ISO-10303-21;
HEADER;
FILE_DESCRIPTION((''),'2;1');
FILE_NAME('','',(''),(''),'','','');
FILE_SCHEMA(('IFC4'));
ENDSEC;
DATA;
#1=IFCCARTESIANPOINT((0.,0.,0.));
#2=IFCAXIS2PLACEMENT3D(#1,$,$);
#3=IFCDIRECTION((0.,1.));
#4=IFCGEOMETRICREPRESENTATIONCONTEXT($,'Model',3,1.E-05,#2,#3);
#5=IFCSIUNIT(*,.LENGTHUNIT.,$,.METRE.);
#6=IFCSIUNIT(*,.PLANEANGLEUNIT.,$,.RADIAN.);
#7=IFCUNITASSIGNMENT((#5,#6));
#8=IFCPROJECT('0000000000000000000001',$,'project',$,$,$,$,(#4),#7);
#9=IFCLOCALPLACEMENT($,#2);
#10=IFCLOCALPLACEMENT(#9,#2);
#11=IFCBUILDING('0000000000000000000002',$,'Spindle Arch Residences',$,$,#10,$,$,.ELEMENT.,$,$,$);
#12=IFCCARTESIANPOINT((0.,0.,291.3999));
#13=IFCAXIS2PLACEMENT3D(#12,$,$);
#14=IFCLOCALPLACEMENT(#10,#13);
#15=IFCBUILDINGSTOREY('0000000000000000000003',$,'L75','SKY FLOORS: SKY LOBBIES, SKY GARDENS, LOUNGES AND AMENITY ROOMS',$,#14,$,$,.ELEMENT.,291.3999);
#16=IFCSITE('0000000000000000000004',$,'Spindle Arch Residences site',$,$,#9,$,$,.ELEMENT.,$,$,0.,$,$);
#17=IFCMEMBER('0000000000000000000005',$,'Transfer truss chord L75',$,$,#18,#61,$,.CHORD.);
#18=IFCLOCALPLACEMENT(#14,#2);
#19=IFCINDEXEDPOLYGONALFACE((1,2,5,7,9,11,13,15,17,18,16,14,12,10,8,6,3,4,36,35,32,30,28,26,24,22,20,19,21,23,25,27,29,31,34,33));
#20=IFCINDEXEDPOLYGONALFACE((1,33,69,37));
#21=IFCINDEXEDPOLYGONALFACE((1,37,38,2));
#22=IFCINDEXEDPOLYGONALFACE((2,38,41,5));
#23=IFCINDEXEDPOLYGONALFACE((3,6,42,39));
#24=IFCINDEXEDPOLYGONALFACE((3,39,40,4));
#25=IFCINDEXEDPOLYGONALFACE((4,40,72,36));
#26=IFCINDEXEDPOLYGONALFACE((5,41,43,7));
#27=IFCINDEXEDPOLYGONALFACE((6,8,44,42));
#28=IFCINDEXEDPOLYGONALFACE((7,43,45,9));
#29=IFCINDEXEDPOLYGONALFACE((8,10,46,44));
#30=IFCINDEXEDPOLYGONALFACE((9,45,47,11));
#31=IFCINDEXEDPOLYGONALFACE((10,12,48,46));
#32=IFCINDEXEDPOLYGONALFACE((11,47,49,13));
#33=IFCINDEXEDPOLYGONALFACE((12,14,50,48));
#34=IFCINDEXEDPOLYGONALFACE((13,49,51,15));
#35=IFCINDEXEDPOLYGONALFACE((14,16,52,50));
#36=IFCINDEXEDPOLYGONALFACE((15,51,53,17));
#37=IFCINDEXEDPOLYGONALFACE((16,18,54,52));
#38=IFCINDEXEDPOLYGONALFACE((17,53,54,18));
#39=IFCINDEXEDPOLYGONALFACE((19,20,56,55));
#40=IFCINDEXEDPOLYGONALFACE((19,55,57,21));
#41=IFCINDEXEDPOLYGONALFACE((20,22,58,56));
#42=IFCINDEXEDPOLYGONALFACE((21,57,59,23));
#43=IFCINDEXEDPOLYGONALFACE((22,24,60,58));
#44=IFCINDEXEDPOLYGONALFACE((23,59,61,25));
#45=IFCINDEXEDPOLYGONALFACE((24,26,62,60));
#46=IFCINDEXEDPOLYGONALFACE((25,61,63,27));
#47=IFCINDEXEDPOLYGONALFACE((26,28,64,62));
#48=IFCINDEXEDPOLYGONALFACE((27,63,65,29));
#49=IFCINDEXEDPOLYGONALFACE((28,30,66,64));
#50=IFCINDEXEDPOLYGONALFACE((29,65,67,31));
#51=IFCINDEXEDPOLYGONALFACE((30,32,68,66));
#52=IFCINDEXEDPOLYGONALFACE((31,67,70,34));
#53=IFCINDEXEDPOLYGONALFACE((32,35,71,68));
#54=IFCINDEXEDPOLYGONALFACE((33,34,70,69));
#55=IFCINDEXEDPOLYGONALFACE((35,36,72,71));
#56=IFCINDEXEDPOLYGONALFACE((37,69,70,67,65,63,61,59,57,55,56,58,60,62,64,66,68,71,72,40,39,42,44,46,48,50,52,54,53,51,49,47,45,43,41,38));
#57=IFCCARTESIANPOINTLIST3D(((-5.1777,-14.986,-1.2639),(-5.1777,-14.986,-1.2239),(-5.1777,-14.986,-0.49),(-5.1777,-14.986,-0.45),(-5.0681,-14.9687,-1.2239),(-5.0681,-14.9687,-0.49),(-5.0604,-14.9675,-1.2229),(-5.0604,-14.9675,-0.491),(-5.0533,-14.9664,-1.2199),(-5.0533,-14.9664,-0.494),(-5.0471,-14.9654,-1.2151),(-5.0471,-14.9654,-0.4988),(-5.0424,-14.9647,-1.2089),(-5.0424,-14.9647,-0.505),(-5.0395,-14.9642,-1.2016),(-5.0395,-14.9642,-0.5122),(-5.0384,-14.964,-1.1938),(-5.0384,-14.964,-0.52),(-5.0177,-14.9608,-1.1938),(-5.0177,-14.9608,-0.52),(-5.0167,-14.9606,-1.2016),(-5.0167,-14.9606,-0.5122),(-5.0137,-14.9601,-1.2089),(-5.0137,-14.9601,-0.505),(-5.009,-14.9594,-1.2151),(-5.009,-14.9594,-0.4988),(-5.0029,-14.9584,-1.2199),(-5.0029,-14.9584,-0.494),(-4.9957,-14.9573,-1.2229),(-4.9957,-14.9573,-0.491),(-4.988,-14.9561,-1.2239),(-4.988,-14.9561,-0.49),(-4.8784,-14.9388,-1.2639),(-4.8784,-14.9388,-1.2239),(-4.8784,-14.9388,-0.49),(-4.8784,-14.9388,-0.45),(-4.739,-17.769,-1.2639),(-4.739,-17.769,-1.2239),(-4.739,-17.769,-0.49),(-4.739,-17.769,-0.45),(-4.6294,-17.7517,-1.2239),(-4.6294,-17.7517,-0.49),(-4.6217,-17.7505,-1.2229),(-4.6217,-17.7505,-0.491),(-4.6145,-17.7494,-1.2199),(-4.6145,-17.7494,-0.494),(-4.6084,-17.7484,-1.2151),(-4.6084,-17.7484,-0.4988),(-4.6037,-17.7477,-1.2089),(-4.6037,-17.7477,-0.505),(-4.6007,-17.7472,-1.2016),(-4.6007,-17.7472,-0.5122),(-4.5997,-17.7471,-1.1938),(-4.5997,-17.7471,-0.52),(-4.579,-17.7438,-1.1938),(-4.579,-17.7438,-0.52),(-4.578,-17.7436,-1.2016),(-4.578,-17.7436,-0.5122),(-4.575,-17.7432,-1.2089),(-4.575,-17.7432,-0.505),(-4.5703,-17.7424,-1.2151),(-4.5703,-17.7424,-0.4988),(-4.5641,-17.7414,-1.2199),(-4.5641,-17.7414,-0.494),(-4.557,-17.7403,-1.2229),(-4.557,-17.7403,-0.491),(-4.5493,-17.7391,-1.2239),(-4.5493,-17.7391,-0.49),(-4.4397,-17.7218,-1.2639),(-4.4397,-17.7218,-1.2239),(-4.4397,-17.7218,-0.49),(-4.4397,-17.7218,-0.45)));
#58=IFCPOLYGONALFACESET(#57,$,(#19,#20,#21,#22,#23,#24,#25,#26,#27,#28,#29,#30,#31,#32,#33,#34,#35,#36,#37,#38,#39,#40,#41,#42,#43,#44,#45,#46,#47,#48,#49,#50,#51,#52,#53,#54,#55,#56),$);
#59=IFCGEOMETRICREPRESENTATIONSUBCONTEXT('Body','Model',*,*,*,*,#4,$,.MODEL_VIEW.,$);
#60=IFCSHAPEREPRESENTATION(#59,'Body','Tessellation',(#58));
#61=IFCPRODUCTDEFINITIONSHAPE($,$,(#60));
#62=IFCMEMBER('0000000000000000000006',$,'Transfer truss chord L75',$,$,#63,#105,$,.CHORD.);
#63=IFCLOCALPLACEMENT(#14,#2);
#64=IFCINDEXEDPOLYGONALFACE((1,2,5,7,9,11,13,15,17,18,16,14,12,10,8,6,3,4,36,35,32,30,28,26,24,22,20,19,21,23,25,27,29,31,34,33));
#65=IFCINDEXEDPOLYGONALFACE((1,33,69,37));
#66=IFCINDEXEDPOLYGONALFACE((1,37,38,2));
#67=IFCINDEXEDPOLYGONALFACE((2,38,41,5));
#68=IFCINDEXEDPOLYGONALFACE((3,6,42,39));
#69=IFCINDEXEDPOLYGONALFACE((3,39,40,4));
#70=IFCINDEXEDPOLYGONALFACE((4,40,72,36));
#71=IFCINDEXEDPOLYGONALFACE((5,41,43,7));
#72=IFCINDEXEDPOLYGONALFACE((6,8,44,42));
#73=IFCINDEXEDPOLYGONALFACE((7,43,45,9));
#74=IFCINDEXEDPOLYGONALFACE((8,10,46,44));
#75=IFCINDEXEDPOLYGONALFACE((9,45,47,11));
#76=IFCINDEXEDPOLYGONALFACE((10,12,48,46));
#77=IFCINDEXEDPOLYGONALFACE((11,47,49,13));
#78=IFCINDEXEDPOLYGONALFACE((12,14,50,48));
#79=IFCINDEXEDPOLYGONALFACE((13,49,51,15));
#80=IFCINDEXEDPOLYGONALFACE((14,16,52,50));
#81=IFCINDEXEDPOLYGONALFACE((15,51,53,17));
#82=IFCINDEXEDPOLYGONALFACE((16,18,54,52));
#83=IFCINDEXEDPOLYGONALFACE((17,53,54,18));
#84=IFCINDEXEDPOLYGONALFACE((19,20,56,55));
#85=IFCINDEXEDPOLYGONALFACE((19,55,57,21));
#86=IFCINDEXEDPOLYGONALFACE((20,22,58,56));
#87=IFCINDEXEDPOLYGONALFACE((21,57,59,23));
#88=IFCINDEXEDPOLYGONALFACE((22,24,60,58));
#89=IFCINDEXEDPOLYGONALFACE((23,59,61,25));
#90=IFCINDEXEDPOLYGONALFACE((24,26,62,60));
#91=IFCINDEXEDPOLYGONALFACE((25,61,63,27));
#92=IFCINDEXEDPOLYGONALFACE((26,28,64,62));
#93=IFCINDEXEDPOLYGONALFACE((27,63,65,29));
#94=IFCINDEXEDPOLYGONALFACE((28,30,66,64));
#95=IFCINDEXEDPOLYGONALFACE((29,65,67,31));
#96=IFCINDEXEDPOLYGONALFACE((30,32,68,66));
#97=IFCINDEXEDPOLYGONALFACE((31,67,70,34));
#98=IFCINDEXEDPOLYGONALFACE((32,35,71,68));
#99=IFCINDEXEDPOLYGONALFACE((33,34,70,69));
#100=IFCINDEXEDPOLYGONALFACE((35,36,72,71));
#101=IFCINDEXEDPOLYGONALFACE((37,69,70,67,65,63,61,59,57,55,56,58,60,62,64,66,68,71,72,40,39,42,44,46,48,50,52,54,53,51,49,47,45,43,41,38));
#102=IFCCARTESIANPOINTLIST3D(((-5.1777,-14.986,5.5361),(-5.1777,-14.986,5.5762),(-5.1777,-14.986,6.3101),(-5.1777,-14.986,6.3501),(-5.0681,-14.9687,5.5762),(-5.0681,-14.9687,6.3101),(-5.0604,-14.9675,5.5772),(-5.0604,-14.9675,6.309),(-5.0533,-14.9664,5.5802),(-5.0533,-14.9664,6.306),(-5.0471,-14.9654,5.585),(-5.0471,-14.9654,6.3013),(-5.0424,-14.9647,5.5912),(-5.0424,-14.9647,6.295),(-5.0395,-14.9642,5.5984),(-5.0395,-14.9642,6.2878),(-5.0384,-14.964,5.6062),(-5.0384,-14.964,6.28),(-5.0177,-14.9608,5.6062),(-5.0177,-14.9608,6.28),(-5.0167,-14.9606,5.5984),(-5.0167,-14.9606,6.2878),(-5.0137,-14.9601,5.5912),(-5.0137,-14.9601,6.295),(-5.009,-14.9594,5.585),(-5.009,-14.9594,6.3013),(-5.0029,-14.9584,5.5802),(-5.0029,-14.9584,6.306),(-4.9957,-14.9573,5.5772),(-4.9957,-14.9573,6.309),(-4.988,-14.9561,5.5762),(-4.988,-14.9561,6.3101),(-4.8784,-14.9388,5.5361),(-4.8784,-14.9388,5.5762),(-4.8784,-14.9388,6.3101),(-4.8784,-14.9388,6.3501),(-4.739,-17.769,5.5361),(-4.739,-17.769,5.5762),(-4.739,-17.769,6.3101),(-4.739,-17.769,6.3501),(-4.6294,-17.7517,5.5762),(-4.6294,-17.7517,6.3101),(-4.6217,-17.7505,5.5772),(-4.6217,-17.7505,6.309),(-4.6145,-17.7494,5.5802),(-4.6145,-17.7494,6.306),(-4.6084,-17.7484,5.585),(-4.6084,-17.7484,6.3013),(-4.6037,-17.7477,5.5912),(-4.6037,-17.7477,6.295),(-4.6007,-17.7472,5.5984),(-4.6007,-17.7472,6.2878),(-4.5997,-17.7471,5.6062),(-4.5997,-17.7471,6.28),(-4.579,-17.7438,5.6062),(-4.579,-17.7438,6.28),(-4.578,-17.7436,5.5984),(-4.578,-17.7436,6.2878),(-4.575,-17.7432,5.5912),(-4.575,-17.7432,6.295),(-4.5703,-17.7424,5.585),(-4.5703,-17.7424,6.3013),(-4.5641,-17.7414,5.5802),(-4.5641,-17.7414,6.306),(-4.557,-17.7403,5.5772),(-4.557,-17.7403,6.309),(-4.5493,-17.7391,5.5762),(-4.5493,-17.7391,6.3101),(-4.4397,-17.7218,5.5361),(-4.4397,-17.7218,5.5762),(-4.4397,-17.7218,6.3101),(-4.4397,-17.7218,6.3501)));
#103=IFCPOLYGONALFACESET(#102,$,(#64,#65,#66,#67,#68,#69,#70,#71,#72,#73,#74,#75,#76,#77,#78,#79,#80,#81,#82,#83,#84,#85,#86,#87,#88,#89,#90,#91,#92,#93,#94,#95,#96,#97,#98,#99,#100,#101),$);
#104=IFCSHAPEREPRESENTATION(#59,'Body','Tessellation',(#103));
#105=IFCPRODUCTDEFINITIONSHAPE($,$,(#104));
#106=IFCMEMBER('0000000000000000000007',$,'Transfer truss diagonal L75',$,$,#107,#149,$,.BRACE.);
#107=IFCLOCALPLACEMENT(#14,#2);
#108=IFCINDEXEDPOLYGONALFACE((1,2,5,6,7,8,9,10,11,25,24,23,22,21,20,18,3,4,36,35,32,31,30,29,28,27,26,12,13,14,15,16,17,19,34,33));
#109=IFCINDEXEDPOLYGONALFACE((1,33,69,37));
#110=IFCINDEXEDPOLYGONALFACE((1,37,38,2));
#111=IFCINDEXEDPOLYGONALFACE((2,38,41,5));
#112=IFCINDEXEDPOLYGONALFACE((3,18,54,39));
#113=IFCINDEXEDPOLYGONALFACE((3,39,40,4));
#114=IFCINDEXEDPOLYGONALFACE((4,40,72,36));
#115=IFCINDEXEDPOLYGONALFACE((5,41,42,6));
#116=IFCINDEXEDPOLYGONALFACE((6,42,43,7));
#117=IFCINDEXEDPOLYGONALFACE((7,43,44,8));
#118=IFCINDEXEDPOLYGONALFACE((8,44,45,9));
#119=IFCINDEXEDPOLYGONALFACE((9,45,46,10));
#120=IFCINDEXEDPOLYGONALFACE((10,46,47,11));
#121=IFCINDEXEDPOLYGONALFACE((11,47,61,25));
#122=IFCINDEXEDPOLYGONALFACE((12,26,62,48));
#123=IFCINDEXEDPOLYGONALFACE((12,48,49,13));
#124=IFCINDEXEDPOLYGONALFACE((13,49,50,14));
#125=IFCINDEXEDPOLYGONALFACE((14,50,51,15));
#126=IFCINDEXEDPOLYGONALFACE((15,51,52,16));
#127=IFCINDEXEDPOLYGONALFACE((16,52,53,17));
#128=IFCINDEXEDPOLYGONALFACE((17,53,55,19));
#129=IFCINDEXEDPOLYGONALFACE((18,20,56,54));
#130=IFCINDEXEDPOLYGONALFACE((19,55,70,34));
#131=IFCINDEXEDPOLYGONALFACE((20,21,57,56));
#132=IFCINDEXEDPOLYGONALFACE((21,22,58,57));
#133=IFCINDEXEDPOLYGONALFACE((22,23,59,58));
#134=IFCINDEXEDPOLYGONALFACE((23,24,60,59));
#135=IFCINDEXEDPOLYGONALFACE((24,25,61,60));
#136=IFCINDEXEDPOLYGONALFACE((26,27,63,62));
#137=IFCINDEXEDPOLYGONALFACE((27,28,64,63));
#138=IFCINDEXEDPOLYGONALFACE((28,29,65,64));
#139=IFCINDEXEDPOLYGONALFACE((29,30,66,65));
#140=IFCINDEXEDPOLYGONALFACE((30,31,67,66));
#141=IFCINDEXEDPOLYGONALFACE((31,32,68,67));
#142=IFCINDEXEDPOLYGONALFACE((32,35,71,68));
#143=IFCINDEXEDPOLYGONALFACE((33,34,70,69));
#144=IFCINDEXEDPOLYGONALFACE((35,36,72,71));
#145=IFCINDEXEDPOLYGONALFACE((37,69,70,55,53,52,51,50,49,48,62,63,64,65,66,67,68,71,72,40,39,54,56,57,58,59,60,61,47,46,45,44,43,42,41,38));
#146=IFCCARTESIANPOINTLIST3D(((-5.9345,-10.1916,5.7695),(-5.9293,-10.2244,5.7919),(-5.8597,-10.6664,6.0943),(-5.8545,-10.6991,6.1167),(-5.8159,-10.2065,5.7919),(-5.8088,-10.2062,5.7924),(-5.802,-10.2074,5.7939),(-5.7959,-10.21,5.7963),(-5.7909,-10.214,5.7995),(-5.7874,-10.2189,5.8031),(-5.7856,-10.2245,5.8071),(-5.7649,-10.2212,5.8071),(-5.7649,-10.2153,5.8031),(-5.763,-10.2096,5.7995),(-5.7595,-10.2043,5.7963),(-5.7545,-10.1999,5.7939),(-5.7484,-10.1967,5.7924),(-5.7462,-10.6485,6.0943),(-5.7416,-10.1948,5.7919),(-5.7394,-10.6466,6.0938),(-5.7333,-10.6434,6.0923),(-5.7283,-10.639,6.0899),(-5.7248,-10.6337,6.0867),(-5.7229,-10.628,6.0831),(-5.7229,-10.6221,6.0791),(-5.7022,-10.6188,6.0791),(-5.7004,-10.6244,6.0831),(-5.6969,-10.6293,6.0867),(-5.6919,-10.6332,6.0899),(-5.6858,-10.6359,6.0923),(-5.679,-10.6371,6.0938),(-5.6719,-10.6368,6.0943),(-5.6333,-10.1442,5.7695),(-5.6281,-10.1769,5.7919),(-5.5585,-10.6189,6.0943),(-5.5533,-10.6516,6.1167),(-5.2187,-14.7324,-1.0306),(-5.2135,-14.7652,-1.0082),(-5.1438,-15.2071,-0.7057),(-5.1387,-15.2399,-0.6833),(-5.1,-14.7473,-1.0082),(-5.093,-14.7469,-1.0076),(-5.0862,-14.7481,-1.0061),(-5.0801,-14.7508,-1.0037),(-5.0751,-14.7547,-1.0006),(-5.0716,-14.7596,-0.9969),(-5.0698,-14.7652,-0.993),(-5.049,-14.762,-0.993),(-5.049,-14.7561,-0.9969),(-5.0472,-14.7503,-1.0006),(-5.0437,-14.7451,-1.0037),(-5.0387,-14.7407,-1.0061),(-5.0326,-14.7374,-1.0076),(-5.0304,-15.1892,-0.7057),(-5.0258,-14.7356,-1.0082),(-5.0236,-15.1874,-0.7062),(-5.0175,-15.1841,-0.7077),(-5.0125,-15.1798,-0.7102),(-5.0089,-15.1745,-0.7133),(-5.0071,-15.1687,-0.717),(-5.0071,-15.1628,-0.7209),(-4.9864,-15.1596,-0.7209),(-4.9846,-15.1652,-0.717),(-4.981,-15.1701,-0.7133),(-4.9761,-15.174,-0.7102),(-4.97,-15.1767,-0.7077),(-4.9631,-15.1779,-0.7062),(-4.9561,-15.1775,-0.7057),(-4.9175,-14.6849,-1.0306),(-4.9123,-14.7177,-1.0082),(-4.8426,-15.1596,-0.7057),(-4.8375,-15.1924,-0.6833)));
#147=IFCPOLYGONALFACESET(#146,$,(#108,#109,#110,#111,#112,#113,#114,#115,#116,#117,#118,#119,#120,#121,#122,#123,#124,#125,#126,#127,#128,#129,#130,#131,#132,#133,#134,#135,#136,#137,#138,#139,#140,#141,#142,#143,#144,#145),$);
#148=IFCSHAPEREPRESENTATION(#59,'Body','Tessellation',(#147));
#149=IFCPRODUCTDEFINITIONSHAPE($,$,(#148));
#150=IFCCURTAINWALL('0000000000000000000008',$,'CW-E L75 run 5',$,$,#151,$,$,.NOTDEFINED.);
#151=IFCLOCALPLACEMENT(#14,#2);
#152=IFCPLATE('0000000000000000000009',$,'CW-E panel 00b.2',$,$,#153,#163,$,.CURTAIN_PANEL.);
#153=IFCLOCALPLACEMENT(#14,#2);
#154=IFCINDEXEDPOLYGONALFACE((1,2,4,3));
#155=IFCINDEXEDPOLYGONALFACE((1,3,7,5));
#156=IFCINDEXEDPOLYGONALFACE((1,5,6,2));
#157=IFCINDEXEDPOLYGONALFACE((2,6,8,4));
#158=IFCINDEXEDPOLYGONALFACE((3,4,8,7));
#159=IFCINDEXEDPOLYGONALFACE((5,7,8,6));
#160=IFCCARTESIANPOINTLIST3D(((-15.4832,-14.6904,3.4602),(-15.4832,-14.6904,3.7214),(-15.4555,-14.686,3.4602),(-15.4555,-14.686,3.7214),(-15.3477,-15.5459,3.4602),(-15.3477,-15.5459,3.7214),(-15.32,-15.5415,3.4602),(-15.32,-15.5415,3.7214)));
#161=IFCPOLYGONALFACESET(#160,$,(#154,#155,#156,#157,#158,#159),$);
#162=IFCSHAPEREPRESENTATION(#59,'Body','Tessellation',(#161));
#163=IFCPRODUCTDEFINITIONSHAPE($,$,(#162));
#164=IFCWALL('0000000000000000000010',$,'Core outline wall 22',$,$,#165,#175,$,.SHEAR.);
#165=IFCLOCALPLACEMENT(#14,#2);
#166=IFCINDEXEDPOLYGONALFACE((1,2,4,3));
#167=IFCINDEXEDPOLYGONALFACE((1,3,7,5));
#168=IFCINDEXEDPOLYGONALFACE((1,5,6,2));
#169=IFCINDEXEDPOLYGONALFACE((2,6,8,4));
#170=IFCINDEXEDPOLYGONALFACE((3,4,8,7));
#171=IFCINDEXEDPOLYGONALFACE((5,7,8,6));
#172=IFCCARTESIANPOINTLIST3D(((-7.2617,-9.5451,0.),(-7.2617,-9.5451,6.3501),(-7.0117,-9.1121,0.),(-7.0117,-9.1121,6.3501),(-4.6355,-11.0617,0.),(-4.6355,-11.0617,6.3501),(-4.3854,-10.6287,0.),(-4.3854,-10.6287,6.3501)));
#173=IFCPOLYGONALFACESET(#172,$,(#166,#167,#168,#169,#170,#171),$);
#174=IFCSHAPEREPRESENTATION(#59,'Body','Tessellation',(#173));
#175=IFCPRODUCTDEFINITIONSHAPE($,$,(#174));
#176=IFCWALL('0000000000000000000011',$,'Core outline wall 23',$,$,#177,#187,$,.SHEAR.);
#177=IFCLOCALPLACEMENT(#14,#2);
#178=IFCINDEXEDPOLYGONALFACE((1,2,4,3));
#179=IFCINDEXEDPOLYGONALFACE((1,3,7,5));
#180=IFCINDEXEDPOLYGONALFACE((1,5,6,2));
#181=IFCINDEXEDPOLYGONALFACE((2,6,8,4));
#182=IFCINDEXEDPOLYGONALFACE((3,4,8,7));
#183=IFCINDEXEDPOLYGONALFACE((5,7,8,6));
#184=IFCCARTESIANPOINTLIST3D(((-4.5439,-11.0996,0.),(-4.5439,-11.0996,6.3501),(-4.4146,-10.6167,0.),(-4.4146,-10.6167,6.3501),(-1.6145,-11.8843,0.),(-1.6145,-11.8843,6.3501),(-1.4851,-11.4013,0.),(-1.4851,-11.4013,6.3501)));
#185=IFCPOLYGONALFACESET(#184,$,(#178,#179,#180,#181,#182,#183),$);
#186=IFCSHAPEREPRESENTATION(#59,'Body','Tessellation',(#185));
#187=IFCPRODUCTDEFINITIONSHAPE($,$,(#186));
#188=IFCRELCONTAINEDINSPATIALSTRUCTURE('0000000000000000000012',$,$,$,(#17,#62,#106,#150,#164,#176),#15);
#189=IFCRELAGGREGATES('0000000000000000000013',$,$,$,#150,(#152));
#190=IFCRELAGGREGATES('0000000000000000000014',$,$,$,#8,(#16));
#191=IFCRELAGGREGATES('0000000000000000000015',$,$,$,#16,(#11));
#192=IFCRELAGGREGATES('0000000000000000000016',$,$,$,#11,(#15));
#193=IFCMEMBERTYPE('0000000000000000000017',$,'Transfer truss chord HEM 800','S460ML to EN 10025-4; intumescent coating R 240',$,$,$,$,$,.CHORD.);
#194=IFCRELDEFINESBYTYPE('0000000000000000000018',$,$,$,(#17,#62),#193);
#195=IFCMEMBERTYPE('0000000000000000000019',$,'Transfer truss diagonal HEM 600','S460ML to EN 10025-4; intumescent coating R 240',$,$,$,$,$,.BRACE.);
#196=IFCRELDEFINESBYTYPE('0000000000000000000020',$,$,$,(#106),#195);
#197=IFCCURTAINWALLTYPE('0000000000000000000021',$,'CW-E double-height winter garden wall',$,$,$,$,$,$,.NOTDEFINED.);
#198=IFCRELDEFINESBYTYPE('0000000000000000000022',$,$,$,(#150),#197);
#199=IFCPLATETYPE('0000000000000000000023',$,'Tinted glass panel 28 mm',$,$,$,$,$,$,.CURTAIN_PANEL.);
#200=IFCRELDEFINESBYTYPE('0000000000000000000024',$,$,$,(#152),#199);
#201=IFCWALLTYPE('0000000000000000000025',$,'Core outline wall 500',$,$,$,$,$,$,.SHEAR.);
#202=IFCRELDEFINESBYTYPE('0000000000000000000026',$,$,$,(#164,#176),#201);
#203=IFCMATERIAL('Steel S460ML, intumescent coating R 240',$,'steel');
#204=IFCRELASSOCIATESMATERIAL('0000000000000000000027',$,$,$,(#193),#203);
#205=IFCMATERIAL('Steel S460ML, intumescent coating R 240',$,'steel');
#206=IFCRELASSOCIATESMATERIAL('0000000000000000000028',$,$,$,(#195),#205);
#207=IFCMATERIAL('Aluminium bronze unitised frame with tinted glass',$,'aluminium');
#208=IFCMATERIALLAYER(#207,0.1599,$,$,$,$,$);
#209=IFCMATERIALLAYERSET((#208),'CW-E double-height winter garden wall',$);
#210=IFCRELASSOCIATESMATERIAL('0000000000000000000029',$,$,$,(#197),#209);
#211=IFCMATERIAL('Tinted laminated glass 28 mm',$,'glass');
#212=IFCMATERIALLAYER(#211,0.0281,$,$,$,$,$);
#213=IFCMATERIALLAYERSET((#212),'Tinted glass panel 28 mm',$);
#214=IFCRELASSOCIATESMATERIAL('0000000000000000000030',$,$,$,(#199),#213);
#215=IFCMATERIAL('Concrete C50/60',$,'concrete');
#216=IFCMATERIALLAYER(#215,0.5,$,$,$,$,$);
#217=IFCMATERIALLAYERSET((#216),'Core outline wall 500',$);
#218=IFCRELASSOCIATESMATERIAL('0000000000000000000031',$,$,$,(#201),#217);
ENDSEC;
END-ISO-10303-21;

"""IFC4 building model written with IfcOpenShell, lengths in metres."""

from ifc_helpers import new_model, si_unit, direction, frame, frame_2d, origin, origin_2d, place, context, subcontext, project, spatial, rectangle, i_section, extrude, material, layer, layer_set, material_profile, profile_set, type_object, element, aggregate, save


model = new_model("IFC4")

# Units and contexts
model_context = context("Model", 3, precision=1e-05, world=origin(), true_north=direction((0.0, 1.0)))
body_context = subcontext(model_context, "Body", "Model", "MODEL_VIEW")
ifc_project = project(units=[si_unit("LENGTHUNIT", "METRE"), si_unit("PLANEANGLEUNIT", "RADIAN")], contexts=[model_context])

# Site, building, storey
site_placement = place(None, origin())
site = spatial("IfcSite", under=ifc_project, at=site_placement, Name="Spindle Arch Residences site", CompositionType="ELEMENT", RefElevation=0.0)
building_placement = place(site_placement, origin())
building = spatial("IfcBuilding", under=site, at=building_placement, Name="Spindle Arch Residences", CompositionType="ELEMENT")
storey_placement = place(building_placement, frame((0.0, 0.0, 291.3999)))
storey = spatial("IfcBuildingStorey", under=building, at=storey_placement, Name="L75", Description="SKY FLOORS: SKY LOBBIES, SKY GARDENS, LOUNGES AND AMENITY ROOMS", CompositionType="ELEMENT", Elevation=291.3999)

# Members
ifc_material_1 = material(Name="Steel S460ML, intumescent coating R 240", Category="steel")
ifc_material_profile_1 = material_profile(ifc_material_1, i_section(OverallWidth=0.303, OverallDepth=0.814, WebThickness=0.021, FlangeThickness=0.04, FilletRadius=0.03, at=origin_2d()), Name="HEM 800")
ifc_profile_set_1 = profile_set([ifc_material_profile_1], Name="Steel S460ML, intumescent coating R 240")
member_type_1 = type_object("IfcMemberType", Name="Transfer truss chord HEM 800", Description="S460ML to EN 10025-4; intumescent coating R 240", PredefinedType="CHORD", material=ifc_profile_set_1)
for number, where, z_axis, x_axis, name in (
    (1, (-5.0281, -14.9624, -0.8569), (0.155722, -0.987801, 0.0), (0.987801, 0.155722, 0.0), "Transfer truss chord L75"),
    (2, (-5.0281, -14.9624, 5.9431), (0.155722, -0.987801, 0.0), (0.987801, 0.155722, 0.0), "Transfer truss chord L75"),
):
    element("IfcMember", number, at=place(storey_placement, frame(where, z_axis=z_axis, x_axis=x_axis)), inside=storey, type_object=member_type_1, Name=name, PredefinedType="CHORD", context=body_context, shape_type="SweptSolid", body=[
        extrude(i_section(OverallWidth=0.303, OverallDepth=0.814, WebThickness=0.021, FlangeThickness=0.04, FilletRadius=0.03, at=origin_2d()), origin(), (0.0, 0.0, 1.0), 2.8174),
    ])
ifc_material_2 = material(Name="Steel S460ML, intumescent coating R 240", Category="steel")
ifc_material_profile_2 = material_profile(ifc_material_2, i_section(OverallWidth=0.3049, OverallDepth=0.6201, WebThickness=0.021, FlangeThickness=0.04, FilletRadius=0.0271, at=origin_2d()), Name="HEM 600")
ifc_profile_set_2 = profile_set([ifc_material_profile_2], Name="Steel S460ML, intumescent coating R 240")
member_type_2 = type_object("IfcMemberType", Name="Transfer truss diagonal HEM 600", Description="S460ML to EN 10025-4; intumescent coating R 240", PredefinedType="BRACE", material=ifc_profile_set_2)
member_placement = place(storey_placement, frame((-5.0281, -14.9624, -0.8569), z_axis=(-0.08721, 0.553211, 0.828464), x_axis=(-0.987801, -0.15572, 0.0)))
element("IfcMember", 3, at=member_placement, inside=storey, type_object=member_type_2, Name="Transfer truss diagonal L75", PredefinedType="BRACE", context=body_context, shape_type="SweptSolid", body=[
    extrude(i_section(OverallWidth=0.3049, OverallDepth=0.6201, WebThickness=0.021, FlangeThickness=0.04, FilletRadius=0.0271, at=origin_2d()), origin(), (0.0, 0.0, 1.0), 8.208),
])

# Curtain wall, plate
ifc_material_3 = material(Name="Aluminium bronze unitised frame with tinted glass", Category="aluminium")
ifc_layer_1 = layer(ifc_material_3, 0.1599)
ifc_layer_set_1 = layer_set([ifc_layer_1], Name="CW-E double-height winter garden wall")
curtain_wall_type = type_object("IfcCurtainWallType", Name="CW-E double-height winter garden wall", PredefinedType="NOTDEFINED", material=ifc_layer_set_1)
curtain_wall_placement = place(storey_placement, origin())
curtain_wall = element("IfcCurtainWall", 4, at=curtain_wall_placement, inside=storey, type_object=curtain_wall_type, Name="CW-E L75 run 5", PredefinedType="NOTDEFINED")
ifc_material_4 = material(Name="Tinted laminated glass 28 mm", Category="glass")
ifc_layer_2 = layer(ifc_material_4, 0.0281)
ifc_layer_set_2 = layer_set([ifc_layer_2], Name="Tinted glass panel 28 mm")
plate_type = type_object("IfcPlateType", Name="Tinted glass panel 28 mm", PredefinedType="CURTAIN_PANEL", material=ifc_layer_set_2)
plate_placement = place(storey_placement, frame((-15.4016, -15.116, 3.4602), z_axis=(0.0, 0.0, 1.0), x_axis=(0.156434, -0.987688, 0.0)))
plate = element("IfcPlate", 5, at=plate_placement, type_object=plate_type, Name="CW-E panel 00b.2", PredefinedType="CURTAIN_PANEL", context=body_context, shape_type="SweptSolid", body=[
    extrude(rectangle(XDim=0.8662, YDim=0.0281, at=origin_2d()), origin(), (0.0, 0.0, 1.0), 0.2612),
])
aggregate(curtain_wall, [plate])

# Walls
ifc_material_5 = material(Name="Concrete C50/60", Category="concrete")
ifc_layer_3 = layer(ifc_material_5, 0.5)
ifc_layer_set_3 = layer_set([ifc_layer_3], Name="Core outline wall 500")
wall_type_1 = type_object("IfcWallType", Name="Core outline wall 500", PredefinedType="SHEAR", material=ifc_layer_set_3)
for number, where, z_axis, x_axis, name in (
    (6, (-7.1367, -9.3286, 0.0), (0.0, 0.0, 1.0), (0.865975, -0.500087, 0.0), "Core outline wall 22"),
    (7, (-4.4792, -10.8582, 0.0), (0.0, 0.0, 1.0), (0.965948, -0.258735, 0.0), "Core outline wall 23"),
):
    element("IfcWall", number, at=place(storey_placement, frame(where, z_axis=z_axis, x_axis=x_axis)), inside=storey, type_object=wall_type_1, Name=name, PredefinedType="SHEAR", context=body_context, shape_type="SweptSolid", body=[
        extrude(rectangle(XDim=3.0327, YDim=0.5, at=frame_2d((1.5164, 0.0))), origin(), (0.0, 0.0, 1.0), 6.3501),
    ])

save(model, "model.ifc")
